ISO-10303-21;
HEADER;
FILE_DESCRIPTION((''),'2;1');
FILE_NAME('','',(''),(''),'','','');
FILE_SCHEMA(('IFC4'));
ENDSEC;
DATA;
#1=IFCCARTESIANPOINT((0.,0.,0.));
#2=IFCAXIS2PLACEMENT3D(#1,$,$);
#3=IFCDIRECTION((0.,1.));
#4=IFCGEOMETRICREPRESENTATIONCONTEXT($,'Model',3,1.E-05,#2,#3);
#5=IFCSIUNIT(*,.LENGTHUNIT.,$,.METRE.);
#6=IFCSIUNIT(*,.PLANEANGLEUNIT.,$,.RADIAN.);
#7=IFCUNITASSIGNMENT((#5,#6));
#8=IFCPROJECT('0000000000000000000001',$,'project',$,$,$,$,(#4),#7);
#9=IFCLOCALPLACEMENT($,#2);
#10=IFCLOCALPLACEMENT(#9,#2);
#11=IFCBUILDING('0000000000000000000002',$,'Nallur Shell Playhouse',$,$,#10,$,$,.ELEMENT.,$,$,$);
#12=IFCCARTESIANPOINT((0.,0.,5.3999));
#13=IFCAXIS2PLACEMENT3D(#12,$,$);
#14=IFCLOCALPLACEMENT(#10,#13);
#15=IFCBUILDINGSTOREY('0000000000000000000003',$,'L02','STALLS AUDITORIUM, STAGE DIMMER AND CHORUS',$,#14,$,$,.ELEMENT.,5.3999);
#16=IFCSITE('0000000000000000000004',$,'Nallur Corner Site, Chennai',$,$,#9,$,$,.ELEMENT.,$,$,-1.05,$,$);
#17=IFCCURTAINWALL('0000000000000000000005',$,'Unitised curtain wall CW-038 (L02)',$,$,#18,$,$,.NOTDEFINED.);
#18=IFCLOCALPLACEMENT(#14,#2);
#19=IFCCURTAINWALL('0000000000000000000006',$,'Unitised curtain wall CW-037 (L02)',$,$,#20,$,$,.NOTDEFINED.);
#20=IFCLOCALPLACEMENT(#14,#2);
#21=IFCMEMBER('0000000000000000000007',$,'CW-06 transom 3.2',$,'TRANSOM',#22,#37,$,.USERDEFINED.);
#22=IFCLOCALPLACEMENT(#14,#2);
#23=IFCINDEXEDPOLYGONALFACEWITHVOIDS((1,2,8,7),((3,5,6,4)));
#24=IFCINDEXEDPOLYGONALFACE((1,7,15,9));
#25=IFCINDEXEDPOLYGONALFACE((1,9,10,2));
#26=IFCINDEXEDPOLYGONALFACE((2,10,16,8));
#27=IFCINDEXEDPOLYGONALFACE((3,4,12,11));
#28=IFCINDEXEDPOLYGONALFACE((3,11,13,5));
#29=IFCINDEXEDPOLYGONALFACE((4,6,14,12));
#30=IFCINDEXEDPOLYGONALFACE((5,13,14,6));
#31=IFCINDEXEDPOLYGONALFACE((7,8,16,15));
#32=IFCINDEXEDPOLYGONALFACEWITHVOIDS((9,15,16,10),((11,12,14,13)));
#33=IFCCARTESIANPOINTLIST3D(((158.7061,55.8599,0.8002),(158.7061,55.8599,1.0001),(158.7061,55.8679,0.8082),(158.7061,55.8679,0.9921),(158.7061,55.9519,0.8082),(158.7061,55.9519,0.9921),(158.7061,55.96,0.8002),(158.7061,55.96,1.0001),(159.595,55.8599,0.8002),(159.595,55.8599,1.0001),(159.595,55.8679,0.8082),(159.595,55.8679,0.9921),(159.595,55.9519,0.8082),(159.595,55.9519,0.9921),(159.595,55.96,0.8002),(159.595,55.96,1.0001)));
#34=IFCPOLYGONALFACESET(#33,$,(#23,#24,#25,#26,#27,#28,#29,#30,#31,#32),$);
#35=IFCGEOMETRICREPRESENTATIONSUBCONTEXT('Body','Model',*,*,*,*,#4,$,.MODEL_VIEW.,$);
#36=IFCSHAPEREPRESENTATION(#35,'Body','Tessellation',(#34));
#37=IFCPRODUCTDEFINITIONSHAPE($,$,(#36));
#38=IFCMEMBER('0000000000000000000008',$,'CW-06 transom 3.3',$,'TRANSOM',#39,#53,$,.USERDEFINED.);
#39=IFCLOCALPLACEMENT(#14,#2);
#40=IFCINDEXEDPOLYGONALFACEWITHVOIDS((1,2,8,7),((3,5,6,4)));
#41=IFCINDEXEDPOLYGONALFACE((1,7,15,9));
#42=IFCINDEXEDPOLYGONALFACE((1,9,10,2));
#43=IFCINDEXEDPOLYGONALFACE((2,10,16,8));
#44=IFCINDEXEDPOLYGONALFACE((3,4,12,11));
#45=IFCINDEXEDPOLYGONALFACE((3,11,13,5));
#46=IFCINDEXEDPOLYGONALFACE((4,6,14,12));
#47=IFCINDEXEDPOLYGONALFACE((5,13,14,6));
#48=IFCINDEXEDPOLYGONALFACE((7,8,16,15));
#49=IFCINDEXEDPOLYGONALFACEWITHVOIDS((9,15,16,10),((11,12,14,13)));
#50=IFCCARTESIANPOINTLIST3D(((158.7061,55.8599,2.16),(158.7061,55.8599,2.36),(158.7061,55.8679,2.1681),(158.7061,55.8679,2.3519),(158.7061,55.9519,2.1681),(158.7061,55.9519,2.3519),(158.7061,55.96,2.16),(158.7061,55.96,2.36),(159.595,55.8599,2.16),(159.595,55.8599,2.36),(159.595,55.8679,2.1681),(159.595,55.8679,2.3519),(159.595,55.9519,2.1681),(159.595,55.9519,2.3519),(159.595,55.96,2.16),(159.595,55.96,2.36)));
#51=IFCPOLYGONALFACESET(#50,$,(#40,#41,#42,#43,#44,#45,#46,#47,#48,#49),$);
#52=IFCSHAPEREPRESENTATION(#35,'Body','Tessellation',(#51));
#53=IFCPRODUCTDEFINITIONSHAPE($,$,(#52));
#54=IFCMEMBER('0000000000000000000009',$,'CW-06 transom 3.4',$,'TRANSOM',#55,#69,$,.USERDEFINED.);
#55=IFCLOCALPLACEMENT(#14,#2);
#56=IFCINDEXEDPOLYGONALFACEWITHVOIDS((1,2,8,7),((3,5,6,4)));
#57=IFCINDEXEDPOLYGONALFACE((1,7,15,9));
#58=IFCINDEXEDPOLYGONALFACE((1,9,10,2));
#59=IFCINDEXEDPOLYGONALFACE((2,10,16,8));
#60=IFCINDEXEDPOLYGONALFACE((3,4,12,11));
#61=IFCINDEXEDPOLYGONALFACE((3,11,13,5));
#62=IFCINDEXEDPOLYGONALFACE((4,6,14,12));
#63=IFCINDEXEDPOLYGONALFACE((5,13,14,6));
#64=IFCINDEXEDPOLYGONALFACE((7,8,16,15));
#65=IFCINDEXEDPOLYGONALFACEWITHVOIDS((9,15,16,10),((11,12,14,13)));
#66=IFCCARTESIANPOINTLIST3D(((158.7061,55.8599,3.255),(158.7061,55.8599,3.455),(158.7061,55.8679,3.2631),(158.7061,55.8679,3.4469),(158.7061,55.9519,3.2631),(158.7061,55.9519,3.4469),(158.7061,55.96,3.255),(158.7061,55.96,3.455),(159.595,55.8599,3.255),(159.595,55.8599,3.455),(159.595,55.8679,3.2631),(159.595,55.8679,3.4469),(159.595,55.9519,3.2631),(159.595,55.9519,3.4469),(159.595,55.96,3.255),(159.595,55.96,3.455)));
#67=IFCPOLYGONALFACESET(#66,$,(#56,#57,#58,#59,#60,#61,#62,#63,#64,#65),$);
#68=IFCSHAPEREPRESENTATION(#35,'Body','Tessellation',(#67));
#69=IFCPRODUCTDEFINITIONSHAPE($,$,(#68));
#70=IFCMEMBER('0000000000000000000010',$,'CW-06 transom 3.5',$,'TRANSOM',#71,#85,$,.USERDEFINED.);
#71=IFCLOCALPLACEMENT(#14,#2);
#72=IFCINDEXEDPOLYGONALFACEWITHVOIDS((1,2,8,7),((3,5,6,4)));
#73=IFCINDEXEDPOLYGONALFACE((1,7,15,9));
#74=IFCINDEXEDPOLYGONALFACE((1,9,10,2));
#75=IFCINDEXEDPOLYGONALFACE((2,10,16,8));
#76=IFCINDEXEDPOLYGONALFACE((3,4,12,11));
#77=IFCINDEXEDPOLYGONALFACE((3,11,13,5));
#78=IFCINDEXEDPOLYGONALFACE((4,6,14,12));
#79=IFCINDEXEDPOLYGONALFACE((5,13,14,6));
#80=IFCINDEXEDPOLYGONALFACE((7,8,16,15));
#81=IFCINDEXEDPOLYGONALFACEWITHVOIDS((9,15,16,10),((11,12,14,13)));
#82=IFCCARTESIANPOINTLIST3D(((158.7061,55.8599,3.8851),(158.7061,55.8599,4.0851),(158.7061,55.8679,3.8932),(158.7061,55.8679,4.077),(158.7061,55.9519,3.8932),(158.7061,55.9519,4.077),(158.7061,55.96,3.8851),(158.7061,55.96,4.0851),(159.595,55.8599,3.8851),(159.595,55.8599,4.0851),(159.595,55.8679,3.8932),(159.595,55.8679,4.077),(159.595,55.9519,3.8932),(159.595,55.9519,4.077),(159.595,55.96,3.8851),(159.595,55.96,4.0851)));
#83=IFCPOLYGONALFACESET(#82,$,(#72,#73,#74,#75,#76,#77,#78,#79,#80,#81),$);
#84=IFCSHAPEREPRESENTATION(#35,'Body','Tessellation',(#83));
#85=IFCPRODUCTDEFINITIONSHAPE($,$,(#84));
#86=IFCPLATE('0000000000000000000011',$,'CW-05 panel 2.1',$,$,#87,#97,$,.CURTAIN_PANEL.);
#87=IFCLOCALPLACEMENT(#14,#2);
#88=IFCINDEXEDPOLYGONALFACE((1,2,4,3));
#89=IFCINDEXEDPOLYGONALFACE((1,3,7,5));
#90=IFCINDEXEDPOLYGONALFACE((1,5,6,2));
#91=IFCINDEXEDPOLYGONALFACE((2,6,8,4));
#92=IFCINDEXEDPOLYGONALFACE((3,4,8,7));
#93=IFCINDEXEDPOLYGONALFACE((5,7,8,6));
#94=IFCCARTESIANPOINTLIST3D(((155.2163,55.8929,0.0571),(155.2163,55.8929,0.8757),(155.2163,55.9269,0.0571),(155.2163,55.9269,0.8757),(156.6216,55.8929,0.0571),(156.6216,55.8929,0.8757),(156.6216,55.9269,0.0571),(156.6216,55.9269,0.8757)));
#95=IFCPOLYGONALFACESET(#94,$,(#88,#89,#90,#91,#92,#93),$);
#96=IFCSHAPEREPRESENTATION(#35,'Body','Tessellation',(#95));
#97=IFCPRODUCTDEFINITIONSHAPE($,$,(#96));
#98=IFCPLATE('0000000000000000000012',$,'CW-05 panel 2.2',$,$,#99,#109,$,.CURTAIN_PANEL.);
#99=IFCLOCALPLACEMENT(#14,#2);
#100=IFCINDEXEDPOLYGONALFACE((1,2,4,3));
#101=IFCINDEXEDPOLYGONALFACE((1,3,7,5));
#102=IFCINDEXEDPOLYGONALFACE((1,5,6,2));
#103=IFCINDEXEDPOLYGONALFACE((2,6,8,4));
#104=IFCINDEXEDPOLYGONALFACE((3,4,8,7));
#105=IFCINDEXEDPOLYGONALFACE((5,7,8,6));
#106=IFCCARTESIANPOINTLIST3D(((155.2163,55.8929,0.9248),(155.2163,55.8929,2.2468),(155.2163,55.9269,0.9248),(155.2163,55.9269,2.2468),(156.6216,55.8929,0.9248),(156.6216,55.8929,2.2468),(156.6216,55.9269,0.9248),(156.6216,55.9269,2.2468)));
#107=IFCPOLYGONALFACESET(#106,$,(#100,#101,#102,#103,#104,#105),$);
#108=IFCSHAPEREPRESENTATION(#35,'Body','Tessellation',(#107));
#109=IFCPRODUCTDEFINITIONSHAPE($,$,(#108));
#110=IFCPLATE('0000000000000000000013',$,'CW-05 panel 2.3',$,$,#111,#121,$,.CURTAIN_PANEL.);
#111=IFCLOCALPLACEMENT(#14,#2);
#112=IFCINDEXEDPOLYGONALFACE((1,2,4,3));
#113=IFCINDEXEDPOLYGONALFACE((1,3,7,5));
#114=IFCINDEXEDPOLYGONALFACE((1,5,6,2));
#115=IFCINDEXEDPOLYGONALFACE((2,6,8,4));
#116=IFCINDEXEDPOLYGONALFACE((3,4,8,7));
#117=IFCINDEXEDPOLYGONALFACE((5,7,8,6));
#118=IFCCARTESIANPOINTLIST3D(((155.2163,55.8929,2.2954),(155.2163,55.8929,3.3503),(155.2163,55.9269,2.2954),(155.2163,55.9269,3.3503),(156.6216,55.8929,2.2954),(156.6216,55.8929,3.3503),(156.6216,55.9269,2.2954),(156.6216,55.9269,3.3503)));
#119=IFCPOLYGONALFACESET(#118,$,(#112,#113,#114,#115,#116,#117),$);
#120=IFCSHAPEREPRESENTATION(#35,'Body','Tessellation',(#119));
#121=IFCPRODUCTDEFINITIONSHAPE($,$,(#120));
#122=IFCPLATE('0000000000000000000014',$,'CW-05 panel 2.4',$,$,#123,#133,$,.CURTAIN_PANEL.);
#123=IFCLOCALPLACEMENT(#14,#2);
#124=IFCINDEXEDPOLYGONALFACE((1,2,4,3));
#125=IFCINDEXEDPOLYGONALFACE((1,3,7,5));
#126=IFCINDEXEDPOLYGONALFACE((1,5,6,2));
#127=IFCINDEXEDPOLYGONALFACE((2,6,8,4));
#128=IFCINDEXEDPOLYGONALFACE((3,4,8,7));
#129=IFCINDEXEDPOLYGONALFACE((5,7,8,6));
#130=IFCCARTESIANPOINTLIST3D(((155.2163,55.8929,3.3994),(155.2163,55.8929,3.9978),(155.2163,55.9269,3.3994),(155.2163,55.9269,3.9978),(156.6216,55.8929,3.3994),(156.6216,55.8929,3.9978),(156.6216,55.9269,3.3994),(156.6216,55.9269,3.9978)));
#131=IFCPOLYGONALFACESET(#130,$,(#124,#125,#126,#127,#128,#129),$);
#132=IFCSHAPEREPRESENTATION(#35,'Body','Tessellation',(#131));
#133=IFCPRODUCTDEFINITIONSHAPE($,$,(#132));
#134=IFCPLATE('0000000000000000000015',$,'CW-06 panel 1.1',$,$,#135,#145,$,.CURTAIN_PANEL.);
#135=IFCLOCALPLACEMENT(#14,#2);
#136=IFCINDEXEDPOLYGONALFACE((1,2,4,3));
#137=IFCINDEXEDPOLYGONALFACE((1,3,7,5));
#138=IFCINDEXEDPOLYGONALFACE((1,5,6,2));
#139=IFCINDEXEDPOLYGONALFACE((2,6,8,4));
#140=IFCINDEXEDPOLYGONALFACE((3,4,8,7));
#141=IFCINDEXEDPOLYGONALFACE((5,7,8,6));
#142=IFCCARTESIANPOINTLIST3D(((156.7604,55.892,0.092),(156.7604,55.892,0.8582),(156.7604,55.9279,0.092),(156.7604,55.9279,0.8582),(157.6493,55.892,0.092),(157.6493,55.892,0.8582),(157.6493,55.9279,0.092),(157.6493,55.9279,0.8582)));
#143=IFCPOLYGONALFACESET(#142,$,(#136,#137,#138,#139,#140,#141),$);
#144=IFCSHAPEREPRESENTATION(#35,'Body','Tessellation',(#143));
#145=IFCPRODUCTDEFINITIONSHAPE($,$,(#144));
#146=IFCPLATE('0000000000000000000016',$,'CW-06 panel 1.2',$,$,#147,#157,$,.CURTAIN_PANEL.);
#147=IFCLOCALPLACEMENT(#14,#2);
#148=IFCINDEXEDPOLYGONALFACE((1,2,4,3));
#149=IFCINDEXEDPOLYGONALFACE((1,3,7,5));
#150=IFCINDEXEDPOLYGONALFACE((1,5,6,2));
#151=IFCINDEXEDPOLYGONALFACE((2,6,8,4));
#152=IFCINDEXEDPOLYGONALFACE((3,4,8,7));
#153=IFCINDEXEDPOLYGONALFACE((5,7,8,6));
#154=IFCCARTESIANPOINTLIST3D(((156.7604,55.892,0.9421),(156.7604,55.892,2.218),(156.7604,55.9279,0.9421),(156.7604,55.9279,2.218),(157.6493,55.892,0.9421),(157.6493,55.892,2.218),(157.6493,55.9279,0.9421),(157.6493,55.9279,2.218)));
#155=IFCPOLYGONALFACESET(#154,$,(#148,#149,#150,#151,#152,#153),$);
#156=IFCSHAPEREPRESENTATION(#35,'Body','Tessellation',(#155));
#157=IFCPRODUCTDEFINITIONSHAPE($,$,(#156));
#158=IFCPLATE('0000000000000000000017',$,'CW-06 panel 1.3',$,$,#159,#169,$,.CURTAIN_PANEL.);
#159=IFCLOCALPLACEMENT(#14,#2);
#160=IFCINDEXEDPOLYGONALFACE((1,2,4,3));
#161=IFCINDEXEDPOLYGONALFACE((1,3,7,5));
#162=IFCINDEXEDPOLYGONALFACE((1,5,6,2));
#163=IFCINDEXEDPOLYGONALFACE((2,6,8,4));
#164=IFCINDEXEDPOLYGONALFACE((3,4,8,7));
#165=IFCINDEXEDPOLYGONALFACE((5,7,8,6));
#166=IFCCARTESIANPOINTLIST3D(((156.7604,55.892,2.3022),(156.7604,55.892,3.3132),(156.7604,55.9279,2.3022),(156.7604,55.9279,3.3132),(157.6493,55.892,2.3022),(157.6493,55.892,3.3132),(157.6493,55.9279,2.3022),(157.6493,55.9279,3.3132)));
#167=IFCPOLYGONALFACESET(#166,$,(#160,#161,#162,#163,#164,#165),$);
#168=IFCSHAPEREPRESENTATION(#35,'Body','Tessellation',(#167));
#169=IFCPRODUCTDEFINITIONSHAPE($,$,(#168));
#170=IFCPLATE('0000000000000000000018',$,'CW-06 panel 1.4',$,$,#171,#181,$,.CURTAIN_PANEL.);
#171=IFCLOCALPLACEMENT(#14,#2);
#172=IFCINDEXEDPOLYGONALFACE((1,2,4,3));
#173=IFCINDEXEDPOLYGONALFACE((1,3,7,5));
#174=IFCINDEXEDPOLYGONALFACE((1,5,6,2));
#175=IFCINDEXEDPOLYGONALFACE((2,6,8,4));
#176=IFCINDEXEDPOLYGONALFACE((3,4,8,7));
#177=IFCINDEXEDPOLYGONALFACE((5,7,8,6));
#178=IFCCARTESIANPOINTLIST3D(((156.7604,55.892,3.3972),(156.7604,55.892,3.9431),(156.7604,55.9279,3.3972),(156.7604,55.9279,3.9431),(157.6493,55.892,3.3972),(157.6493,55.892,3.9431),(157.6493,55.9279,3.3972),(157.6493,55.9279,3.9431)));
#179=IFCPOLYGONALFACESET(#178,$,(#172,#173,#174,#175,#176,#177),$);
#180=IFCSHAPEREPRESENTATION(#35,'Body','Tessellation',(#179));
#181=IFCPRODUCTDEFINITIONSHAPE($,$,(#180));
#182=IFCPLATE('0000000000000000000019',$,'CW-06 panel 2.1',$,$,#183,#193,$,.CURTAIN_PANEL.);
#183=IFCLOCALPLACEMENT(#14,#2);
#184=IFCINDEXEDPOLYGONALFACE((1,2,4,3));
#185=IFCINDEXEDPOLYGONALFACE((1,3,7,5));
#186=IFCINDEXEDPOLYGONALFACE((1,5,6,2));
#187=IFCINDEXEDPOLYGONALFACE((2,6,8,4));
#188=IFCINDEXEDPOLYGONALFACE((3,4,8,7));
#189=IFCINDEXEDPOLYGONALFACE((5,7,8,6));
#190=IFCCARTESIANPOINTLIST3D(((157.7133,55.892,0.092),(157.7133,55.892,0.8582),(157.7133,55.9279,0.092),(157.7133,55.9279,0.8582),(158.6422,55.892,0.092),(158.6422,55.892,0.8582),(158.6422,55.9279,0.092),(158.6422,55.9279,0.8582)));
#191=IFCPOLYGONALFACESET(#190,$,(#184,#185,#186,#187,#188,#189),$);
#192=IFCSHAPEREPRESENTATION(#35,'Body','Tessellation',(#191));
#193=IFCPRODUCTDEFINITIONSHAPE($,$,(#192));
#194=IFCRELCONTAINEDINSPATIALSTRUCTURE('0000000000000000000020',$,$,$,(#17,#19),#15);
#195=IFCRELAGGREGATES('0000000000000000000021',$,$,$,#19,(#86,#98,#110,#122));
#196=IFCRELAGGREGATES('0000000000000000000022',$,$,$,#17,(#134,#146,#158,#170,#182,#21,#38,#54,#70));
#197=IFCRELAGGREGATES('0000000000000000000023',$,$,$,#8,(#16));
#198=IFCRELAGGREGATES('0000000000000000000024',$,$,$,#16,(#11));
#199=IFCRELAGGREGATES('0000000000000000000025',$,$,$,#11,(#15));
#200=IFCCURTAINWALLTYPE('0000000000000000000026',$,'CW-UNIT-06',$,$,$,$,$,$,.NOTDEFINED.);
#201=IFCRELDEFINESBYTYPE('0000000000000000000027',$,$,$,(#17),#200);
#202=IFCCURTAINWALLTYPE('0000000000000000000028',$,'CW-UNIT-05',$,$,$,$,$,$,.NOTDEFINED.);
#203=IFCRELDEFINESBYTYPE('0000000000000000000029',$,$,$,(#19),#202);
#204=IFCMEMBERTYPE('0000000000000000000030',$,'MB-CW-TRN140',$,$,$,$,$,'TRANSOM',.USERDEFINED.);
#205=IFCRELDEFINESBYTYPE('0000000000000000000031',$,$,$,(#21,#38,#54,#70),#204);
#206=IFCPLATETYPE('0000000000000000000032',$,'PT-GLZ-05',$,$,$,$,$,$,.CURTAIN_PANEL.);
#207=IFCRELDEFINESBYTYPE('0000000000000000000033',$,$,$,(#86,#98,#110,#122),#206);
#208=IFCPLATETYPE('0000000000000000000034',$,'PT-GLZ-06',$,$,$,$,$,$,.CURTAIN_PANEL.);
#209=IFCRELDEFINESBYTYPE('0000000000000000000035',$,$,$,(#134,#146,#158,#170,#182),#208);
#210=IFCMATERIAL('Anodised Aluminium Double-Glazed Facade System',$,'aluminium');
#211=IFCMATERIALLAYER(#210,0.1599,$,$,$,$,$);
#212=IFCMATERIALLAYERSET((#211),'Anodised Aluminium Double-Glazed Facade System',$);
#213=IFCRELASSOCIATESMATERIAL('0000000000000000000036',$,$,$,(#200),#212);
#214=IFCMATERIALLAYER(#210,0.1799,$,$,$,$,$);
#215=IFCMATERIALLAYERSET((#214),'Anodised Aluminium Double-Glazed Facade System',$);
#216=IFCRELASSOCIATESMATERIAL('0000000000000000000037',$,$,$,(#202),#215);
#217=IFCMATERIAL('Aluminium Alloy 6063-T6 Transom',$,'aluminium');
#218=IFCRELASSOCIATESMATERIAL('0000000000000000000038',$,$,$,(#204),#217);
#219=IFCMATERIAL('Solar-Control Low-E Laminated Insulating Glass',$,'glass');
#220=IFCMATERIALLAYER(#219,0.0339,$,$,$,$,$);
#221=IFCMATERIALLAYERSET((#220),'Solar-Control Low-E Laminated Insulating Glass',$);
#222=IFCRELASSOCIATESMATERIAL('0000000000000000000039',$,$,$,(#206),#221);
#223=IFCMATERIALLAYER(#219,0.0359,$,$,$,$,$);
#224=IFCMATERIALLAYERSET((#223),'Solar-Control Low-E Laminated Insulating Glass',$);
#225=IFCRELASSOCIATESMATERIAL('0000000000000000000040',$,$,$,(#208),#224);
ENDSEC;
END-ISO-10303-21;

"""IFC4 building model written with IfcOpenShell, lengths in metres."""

from ifc_helpers import new_model, si_unit, direction, frame, origin, origin_2d, place, context, subcontext, project, spatial, rectangle, hollow_rectangle, extrude, material, layer, layer_set, material_profile, profile_set, type_object, element, aggregate, save


model = new_model("IFC4")

# Units and contexts
model_context = context("Model", 3, precision=1e-05, world=origin(), true_north=direction((0.0, 1.0)))
body_context = subcontext(model_context, "Body", "Model", "MODEL_VIEW")
ifc_project = project(units=[si_unit("LENGTHUNIT", "METRE"), si_unit("PLANEANGLEUNIT", "RADIAN")], contexts=[model_context])

# Site, building, storey
site_placement = place(None, origin())
site = spatial("IfcSite", under=ifc_project, at=site_placement, Name="Nallur Corner Site, Chennai", CompositionType="ELEMENT", RefElevation=-1.05)
building_placement = place(site_placement, origin())
building = spatial("IfcBuilding", under=site, at=building_placement, Name="Nallur Shell Playhouse", CompositionType="ELEMENT")
storey_placement = place(building_placement, frame((0.0, 0.0, 5.3999)))
storey = spatial("IfcBuildingStorey", under=building, at=storey_placement, Name="L02", Description="STALLS AUDITORIUM, STAGE DIMMER AND CHORUS", CompositionType="ELEMENT", Elevation=5.3999)

# Curtain walls
ifc_material_1 = material(Name="Anodised Aluminium Double-Glazed Facade System", Category="aluminium")
ifc_layer_1 = layer(ifc_material_1, 0.1599)
ifc_layer_set_1 = layer_set([ifc_layer_1], Name="Anodised Aluminium Double-Glazed Facade System")
curtain_wall_type_1 = type_object("IfcCurtainWallType", Name="CW-UNIT-06", PredefinedType="NOTDEFINED", material=ifc_layer_set_1)
curtain_wall_1_placement = place(storey_placement, origin())
curtain_wall_1 = element("IfcCurtainWall", 1, at=curtain_wall_1_placement, inside=storey, type_object=curtain_wall_type_1, Name="Unitised curtain wall CW-038 (L02)", PredefinedType="NOTDEFINED")
ifc_layer_2 = layer(ifc_material_1, 0.1799)
ifc_layer_set_2 = layer_set([ifc_layer_2], Name="Anodised Aluminium Double-Glazed Facade System")
curtain_wall_type_2 = type_object("IfcCurtainWallType", Name="CW-UNIT-05", PredefinedType="NOTDEFINED", material=ifc_layer_set_2)
curtain_wall_2_placement = place(storey_placement, origin())
curtain_wall_2 = element("IfcCurtainWall", 2, at=curtain_wall_2_placement, inside=storey, type_object=curtain_wall_type_2, Name="Unitised curtain wall CW-037 (L02)", PredefinedType="NOTDEFINED")
ifc_material_2 = material(Name="Aluminium Alloy 6063-T6 Transom", Category="aluminium")

# Members
ifc_material_profile_1 = material_profile(ifc_material_2, hollow_rectangle(XDim=0.1001, YDim=0.2, WallThickness=0.0081, at=origin_2d()), Name="RHS 200x100x8")
ifc_profile_set_1 = profile_set([ifc_material_profile_1], Name="Aluminium Alloy 6063-T6 Transom")
member_type_1 = type_object("IfcMemberType", Name="MB-CW-TRN140", ElementType="TRANSOM", PredefinedType="USERDEFINED", material=ifc_profile_set_1)
member_1_placement = place(storey_placement, frame((158.7061, 55.9099, 0.9001), z_axis=(1.0, 0.0, 0.0), x_axis=(0.0, 1.0, 0.0)))
member_1 = element("IfcMember", 3, at=member_1_placement, type_object=member_type_1, Name="CW-06 transom 3.2", ObjectType="TRANSOM", PredefinedType="USERDEFINED", context=body_context, shape_type="SweptSolid", body=[
    extrude(hollow_rectangle(XDim=0.1001, YDim=0.2, WallThickness=0.0081, at=origin_2d()), origin(), (0.0, 0.0, 1.0), 0.8889),
])
member_2_placement = place(storey_placement, frame((158.7061, 55.9099, 2.26), z_axis=(1.0, 0.0, 0.0), x_axis=(0.0, 1.0, 0.0)))
member_2 = element("IfcMember", 4, at=member_2_placement, type_object=member_type_1, Name="CW-06 transom 3.3", ObjectType="TRANSOM", PredefinedType="USERDEFINED", context=body_context, shape_type="SweptSolid", body=[
    extrude(hollow_rectangle(XDim=0.1001, YDim=0.2, WallThickness=0.0081, at=origin_2d()), origin(), (0.0, 0.0, 1.0), 0.8889),
])
member_3_placement = place(storey_placement, frame((158.7061, 55.9099, 3.355), z_axis=(1.0, 0.0, 0.0), x_axis=(0.0, 1.0, 0.0)))
member_3 = element("IfcMember", 5, at=member_3_placement, type_object=member_type_1, Name="CW-06 transom 3.4", ObjectType="TRANSOM", PredefinedType="USERDEFINED", context=body_context, shape_type="SweptSolid", body=[
    extrude(hollow_rectangle(XDim=0.1001, YDim=0.2, WallThickness=0.0081, at=origin_2d()), origin(), (0.0, 0.0, 1.0), 0.8889),
])
member_4_placement = place(storey_placement, frame((158.7061, 55.9099, 3.9851), z_axis=(1.0, 0.0, 0.0), x_axis=(0.0, 1.0, 0.0)))
member_4 = element("IfcMember", 6, at=member_4_placement, type_object=member_type_1, Name="CW-06 transom 3.5", ObjectType="TRANSOM", PredefinedType="USERDEFINED", context=body_context, shape_type="SweptSolid", body=[
    extrude(hollow_rectangle(XDim=0.1001, YDim=0.2, WallThickness=0.0081, at=origin_2d()), origin(), (0.0, 0.0, 1.0), 0.8889),
])

# Plates
ifc_material_3 = material(Name="Solar-Control Low-E Laminated Insulating Glass", Category="glass")
ifc_layer_3 = layer(ifc_material_3, 0.0339)
ifc_layer_set_3 = layer_set([ifc_layer_3], Name="Solar-Control Low-E Laminated Insulating Glass")
plate_type_1 = type_object("IfcPlateType", Name="PT-GLZ-05", PredefinedType="CURTAIN_PANEL", material=ifc_layer_set_3)
plate_1_placement = place(storey_placement, frame((155.9189, 55.9099, 0.0571), z_axis=(0.0, 0.0, 1.0), x_axis=(1.0, 0.0, 0.0)))
plate_1 = element("IfcPlate", 7, at=plate_1_placement, type_object=plate_type_1, Name="CW-05 panel 2.1", PredefinedType="CURTAIN_PANEL", context=body_context, shape_type="SweptSolid", body=[
    extrude(rectangle(XDim=1.4053, YDim=0.0339, at=origin_2d()), origin(), (0.0, 0.0, 1.0), 0.8186),
])
plate_2_placement = place(storey_placement, frame((155.9189, 55.9099, 0.9248), z_axis=(0.0, 0.0, 1.0), x_axis=(1.0, 0.0, 0.0)))
plate_2 = element("IfcPlate", 8, at=plate_2_placement, type_object=plate_type_1, Name="CW-05 panel 2.2", PredefinedType="CURTAIN_PANEL", context=body_context, shape_type="SweptSolid", body=[
    extrude(rectangle(XDim=1.4053, YDim=0.0339, at=origin_2d()), origin(), (0.0, 0.0, 1.0), 1.322),
])
plate_3_placement = place(storey_placement, frame((155.9189, 55.9099, 2.2954), z_axis=(0.0, 0.0, 1.0), x_axis=(1.0, 0.0, 0.0)))
plate_3 = element("IfcPlate", 9, at=plate_3_placement, type_object=plate_type_1, Name="CW-05 panel 2.3", PredefinedType="CURTAIN_PANEL", context=body_context, shape_type="SweptSolid", body=[
    extrude(rectangle(XDim=1.4053, YDim=0.0339, at=origin_2d()), origin(), (0.0, 0.0, 1.0), 1.0549),
])
plate_4_placement = place(storey_placement, frame((155.9189, 55.9099, 3.3994), z_axis=(0.0, 0.0, 1.0), x_axis=(1.0, 0.0, 0.0)))
plate_4 = element("IfcPlate", 10, at=plate_4_placement, type_object=plate_type_1, Name="CW-05 panel 2.4", PredefinedType="CURTAIN_PANEL", context=body_context, shape_type="SweptSolid", body=[
    extrude(rectangle(XDim=1.4053, YDim=0.0339, at=origin_2d()), origin(), (0.0, 0.0, 1.0), 0.5984),
])
aggregate(curtain_wall_2, [plate_1, plate_2, plate_3, plate_4])
ifc_layer_4 = layer(ifc_material_3, 0.0359)
ifc_layer_set_4 = layer_set([ifc_layer_4], Name="Solar-Control Low-E Laminated Insulating Glass")
plate_type_2 = type_object("IfcPlateType", Name="PT-GLZ-06", PredefinedType="CURTAIN_PANEL", material=ifc_layer_set_4)
plate_5_placement = place(storey_placement, frame((157.2048, 55.9099, 0.092), z_axis=(0.0, 0.0, 1.0), x_axis=(1.0, 0.0, 0.0)))
plate_5 = element("IfcPlate", 11, at=plate_5_placement, type_object=plate_type_2, Name="CW-06 panel 1.1", PredefinedType="CURTAIN_PANEL", context=body_context, shape_type="SweptSolid", body=[
    extrude(rectangle(XDim=0.8889, YDim=0.0359, at=origin_2d()), origin(), (0.0, 0.0, 1.0), 0.7661),
])
plate_6_placement = place(storey_placement, frame((157.2048, 55.9099, 0.9421), z_axis=(0.0, 0.0, 1.0), x_axis=(1.0, 0.0, 0.0)))
plate_6 = element("IfcPlate", 12, at=plate_6_placement, type_object=plate_type_2, Name="CW-06 panel 1.2", PredefinedType="CURTAIN_PANEL", context=body_context, shape_type="SweptSolid", body=[
    extrude(rectangle(XDim=0.8889, YDim=0.0359, at=origin_2d()), origin(), (0.0, 0.0, 1.0), 1.2759),
])
plate_7_placement = place(storey_placement, frame((157.2048, 55.9099, 2.3022), z_axis=(0.0, 0.0, 1.0), x_axis=(1.0, 0.0, 0.0)))
plate_7 = element("IfcPlate", 13, at=plate_7_placement, type_object=plate_type_2, Name="CW-06 panel 1.3", PredefinedType="CURTAIN_PANEL", context=body_context, shape_type="SweptSolid", body=[
    extrude(rectangle(XDim=0.8889, YDim=0.0359, at=origin_2d()), origin(), (0.0, 0.0, 1.0), 1.011),
])
plate_8_placement = place(storey_placement, frame((157.2048, 55.9099, 3.3972), z_axis=(0.0, 0.0, 1.0), x_axis=(1.0, 0.0, 0.0)))
plate_8 = element("IfcPlate", 14, at=plate_8_placement, type_object=plate_type_2, Name="CW-06 panel 1.4", PredefinedType="CURTAIN_PANEL", context=body_context, shape_type="SweptSolid", body=[
    extrude(rectangle(XDim=0.8889, YDim=0.0359, at=origin_2d()), origin(), (0.0, 0.0, 1.0), 0.5459),
])
plate_9_placement = place(storey_placement, frame((158.1777, 55.9099, 0.092), z_axis=(0.0, 0.0, 1.0), x_axis=(1.0, 0.0, 0.0)))
plate_9 = element("IfcPlate", 15, at=plate_9_placement, type_object=plate_type_2, Name="CW-06 panel 2.1", PredefinedType="CURTAIN_PANEL", context=body_context, shape_type="SweptSolid", body=[
    extrude(rectangle(XDim=0.929, YDim=0.0359, at=origin_2d()), origin(), (0.0, 0.0, 1.0), 0.7661),
])
aggregate(curtain_wall_1, [plate_5, plate_6, plate_7, plate_8, plate_9, member_1, member_2, member_3, member_4])

save(model, "model.ifc")
